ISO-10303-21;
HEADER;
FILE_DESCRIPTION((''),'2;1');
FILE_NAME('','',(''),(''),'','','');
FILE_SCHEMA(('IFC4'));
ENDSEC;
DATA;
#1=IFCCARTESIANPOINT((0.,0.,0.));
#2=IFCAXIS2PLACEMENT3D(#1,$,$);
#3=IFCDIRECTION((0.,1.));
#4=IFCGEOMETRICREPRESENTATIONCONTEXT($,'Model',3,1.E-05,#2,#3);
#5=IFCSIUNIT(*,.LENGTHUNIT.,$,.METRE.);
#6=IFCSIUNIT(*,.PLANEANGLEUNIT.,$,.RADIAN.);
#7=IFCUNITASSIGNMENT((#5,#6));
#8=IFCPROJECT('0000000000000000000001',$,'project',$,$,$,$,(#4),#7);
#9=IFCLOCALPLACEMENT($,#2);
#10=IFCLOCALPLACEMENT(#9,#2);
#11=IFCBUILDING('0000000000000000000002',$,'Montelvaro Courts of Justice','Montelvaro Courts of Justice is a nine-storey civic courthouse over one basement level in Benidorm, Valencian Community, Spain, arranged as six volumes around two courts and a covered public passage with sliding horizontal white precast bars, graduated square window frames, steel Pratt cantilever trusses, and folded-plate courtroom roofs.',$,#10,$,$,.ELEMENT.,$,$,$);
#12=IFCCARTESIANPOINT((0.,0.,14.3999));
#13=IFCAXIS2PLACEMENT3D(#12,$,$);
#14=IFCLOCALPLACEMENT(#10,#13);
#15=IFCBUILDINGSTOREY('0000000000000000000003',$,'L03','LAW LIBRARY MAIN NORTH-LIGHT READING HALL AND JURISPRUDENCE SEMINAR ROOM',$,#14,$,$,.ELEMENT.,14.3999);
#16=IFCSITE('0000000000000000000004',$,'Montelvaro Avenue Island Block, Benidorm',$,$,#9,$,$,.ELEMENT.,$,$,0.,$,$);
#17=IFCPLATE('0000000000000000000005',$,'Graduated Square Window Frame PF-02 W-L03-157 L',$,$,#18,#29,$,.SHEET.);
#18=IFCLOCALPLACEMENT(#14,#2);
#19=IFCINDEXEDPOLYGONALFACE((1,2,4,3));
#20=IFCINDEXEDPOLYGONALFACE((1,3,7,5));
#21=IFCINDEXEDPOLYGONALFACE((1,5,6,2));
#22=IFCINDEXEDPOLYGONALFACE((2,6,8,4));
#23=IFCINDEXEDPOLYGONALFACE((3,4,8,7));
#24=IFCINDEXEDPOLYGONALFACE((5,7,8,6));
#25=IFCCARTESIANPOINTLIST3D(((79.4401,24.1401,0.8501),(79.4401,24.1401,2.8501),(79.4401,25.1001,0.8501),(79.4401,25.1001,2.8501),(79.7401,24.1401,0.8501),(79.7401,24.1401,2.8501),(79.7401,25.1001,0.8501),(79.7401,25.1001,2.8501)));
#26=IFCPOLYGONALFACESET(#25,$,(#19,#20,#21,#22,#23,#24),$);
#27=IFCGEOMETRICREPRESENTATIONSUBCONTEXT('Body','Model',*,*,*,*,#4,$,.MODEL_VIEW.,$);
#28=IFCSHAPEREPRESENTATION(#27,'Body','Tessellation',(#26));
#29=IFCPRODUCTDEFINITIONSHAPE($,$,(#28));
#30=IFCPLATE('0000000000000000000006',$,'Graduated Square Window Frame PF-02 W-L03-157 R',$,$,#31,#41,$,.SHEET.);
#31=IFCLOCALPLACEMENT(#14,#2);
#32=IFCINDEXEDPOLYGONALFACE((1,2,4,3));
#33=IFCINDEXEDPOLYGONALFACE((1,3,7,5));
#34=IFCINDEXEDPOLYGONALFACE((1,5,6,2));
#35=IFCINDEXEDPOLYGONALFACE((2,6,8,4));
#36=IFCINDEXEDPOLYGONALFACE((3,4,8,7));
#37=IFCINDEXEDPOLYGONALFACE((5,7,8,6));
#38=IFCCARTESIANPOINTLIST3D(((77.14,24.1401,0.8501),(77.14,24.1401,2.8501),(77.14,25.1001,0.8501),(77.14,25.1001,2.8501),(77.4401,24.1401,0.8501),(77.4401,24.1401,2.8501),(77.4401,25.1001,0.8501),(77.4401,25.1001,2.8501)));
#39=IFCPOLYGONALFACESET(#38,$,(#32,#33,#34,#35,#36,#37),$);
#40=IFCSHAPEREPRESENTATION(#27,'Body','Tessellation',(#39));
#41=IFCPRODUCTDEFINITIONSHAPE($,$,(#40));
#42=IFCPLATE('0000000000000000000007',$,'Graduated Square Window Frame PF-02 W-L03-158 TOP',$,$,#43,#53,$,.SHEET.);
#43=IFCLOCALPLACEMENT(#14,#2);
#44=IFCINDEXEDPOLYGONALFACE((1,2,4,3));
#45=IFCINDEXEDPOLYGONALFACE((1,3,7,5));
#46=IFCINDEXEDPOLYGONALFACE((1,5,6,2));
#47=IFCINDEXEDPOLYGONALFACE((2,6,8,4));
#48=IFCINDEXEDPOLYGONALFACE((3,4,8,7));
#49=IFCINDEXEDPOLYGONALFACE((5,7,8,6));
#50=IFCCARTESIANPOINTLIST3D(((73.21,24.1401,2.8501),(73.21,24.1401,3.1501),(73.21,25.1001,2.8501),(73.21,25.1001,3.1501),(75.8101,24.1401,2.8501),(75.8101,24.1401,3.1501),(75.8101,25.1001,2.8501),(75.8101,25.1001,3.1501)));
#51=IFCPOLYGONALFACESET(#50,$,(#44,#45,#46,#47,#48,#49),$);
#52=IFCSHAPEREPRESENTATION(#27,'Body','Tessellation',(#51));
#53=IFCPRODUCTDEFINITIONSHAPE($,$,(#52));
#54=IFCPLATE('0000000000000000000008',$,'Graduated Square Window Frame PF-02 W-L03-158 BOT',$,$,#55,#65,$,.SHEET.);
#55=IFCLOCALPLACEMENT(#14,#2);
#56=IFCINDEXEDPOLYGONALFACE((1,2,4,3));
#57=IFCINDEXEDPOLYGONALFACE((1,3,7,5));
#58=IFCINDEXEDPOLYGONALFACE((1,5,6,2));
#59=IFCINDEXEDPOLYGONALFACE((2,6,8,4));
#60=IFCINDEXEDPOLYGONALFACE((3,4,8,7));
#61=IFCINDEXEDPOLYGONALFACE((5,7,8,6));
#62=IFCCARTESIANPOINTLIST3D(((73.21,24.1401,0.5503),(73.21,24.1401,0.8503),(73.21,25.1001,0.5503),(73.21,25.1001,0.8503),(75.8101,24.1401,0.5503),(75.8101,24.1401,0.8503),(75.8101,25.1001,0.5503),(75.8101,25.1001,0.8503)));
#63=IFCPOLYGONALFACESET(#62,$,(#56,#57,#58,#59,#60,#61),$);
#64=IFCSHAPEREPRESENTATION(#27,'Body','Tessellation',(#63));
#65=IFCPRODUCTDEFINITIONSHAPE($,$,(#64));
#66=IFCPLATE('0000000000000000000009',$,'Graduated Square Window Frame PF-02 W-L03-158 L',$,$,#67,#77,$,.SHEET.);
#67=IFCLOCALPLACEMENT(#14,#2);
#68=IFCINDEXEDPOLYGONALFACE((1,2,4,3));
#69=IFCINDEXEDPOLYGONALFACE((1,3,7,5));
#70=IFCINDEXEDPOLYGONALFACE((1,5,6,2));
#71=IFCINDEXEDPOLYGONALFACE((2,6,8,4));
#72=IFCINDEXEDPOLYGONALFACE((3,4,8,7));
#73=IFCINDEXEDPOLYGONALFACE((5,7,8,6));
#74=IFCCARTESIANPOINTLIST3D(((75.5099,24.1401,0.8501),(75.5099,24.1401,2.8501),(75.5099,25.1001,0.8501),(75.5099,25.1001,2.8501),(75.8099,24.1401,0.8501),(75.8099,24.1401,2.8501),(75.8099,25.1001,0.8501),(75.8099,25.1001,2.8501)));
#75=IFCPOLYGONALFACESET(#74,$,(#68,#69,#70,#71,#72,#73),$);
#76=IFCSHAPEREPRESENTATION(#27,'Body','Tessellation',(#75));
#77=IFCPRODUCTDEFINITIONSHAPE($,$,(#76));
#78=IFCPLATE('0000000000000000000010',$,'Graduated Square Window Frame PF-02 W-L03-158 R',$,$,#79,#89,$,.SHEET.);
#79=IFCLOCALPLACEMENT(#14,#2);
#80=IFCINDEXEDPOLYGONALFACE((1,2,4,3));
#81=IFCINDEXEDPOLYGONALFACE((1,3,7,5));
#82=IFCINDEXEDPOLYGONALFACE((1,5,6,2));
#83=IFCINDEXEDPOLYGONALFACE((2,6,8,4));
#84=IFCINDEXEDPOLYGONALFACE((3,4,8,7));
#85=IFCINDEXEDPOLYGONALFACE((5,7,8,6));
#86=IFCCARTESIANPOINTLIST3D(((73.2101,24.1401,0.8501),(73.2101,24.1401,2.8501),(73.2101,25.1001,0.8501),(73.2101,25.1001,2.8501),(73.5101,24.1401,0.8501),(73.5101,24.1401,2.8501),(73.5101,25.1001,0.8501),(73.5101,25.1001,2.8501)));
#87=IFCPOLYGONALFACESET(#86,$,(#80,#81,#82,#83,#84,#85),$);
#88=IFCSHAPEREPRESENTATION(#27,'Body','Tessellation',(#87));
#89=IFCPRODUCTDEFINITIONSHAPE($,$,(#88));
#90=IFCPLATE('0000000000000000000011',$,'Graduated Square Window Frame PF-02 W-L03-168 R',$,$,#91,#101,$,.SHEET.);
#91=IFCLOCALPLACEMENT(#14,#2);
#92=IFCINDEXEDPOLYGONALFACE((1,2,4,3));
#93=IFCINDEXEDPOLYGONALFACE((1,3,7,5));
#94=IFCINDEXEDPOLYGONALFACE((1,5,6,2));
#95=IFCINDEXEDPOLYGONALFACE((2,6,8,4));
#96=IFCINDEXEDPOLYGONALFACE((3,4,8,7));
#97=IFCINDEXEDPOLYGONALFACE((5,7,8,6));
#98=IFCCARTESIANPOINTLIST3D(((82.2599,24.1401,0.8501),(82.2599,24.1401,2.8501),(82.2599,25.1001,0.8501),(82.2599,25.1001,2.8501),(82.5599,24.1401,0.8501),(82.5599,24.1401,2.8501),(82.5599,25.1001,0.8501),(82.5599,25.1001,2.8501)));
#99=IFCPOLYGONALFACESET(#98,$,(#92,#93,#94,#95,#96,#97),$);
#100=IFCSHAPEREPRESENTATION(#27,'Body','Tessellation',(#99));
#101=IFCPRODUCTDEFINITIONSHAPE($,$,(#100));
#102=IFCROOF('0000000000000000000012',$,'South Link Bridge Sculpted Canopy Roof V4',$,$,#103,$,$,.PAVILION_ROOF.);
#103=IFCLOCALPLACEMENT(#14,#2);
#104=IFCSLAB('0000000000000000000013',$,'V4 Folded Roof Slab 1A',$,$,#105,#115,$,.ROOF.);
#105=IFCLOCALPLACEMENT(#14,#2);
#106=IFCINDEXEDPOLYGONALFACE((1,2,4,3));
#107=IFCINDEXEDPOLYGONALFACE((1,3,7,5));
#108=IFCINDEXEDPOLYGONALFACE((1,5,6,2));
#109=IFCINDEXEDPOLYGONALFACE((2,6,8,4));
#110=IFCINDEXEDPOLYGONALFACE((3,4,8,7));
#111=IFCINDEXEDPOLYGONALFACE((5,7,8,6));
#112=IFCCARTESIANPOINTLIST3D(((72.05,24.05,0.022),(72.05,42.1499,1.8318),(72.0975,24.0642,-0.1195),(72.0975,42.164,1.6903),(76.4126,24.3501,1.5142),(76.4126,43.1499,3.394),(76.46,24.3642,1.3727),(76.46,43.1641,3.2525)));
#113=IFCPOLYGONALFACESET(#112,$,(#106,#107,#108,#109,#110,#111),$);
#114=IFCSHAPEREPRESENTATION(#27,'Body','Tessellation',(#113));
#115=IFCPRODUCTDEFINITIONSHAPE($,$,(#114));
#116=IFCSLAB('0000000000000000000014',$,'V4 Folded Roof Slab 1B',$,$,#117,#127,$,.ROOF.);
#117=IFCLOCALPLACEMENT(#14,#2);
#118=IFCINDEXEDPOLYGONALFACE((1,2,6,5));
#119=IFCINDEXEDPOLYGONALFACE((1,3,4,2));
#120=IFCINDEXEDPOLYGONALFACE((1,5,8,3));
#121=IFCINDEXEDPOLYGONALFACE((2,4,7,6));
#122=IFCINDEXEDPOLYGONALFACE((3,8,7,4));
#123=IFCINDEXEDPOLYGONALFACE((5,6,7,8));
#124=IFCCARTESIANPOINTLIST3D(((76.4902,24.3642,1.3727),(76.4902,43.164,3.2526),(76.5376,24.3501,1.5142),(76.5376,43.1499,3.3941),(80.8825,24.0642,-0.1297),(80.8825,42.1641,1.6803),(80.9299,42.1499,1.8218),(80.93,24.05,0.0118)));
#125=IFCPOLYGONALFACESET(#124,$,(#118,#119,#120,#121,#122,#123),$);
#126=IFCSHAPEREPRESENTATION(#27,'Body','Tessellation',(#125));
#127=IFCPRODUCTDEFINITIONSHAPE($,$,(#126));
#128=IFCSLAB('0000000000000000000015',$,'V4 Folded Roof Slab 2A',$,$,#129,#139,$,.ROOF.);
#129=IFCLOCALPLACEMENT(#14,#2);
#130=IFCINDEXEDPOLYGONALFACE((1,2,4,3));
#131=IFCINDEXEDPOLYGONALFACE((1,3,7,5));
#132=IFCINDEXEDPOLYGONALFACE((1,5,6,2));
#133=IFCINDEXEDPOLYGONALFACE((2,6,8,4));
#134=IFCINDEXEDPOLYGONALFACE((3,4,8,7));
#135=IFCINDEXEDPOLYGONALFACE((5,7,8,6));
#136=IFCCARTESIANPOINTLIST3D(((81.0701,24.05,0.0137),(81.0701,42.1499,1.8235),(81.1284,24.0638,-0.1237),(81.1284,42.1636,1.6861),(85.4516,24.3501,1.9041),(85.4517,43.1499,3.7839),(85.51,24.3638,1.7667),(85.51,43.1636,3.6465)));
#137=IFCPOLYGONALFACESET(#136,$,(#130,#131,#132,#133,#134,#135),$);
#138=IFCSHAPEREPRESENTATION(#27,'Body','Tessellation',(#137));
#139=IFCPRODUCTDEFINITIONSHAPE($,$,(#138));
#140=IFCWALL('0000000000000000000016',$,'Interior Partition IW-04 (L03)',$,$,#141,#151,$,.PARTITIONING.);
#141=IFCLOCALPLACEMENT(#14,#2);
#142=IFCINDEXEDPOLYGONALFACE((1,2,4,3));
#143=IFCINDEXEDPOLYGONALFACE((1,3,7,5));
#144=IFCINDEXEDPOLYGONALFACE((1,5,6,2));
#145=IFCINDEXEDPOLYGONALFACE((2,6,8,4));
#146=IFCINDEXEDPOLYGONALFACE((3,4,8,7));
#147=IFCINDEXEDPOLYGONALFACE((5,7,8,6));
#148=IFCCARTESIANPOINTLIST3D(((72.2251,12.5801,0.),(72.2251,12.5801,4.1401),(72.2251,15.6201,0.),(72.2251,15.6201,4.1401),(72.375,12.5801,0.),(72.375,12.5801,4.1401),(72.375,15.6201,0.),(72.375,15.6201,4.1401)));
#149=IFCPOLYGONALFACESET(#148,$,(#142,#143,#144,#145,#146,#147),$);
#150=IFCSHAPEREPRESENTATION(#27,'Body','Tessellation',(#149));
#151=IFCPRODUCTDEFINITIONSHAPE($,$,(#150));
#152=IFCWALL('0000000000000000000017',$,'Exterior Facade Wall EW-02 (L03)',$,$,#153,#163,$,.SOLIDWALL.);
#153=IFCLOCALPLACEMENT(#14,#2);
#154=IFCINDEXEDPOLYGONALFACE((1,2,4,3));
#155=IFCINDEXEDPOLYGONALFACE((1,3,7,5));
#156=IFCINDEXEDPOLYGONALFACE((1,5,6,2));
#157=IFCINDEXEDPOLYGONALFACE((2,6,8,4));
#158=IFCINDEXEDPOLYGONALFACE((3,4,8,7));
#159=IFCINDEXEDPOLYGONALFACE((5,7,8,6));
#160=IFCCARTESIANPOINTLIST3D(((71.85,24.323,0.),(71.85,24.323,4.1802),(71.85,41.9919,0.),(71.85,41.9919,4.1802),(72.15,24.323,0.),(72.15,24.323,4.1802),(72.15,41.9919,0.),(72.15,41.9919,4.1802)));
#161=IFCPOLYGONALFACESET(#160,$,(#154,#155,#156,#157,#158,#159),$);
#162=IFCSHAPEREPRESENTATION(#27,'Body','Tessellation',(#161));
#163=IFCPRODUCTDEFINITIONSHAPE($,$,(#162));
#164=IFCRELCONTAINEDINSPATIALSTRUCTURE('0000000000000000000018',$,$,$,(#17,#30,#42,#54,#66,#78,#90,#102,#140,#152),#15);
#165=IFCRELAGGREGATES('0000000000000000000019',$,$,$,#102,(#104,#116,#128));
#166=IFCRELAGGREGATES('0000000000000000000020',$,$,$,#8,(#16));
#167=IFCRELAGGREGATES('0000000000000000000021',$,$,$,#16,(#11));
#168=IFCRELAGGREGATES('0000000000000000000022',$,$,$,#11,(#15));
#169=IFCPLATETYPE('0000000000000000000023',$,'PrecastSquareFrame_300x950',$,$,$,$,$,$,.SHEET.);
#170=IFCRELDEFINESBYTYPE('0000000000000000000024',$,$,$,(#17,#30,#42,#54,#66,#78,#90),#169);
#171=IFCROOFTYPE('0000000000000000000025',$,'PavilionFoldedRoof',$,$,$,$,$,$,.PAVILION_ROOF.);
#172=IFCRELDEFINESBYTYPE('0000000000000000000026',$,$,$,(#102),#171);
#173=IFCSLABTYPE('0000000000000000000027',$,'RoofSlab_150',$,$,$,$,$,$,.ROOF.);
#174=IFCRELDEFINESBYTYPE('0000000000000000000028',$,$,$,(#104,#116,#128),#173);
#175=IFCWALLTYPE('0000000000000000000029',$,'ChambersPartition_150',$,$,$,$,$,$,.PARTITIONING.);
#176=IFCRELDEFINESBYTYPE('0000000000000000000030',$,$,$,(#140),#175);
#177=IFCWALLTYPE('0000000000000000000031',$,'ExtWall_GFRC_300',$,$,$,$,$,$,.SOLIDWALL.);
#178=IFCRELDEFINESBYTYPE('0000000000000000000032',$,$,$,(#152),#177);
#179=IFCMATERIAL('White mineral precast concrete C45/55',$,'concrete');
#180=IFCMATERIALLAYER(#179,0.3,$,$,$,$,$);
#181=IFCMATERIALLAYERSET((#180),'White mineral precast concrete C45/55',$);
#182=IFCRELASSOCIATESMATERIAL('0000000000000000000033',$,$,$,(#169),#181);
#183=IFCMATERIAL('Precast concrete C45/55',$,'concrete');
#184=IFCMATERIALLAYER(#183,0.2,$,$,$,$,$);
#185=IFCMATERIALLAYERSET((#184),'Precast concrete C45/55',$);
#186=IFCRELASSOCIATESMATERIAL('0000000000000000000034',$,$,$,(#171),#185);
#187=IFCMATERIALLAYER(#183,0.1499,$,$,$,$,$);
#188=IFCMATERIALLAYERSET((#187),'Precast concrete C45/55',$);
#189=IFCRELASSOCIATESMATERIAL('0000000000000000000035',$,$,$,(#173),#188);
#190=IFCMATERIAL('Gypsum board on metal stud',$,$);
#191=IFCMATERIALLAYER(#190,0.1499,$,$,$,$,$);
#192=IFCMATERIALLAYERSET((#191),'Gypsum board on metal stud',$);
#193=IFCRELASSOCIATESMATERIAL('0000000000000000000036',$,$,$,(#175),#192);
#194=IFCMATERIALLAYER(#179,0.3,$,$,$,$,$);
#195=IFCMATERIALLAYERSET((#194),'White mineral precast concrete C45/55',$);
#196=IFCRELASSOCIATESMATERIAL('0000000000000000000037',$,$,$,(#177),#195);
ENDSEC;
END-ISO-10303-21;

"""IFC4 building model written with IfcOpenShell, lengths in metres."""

from ifc_helpers import new_model, si_unit, direction, frame, frame_2d, origin, origin_2d, place, context, subcontext, project, spatial, polyline, rectangle, outline, extrude, material, layer, layer_set, type_object, element, aggregate, save


model = new_model("IFC4")

# Units and contexts
model_context = context("Model", 3, precision=1e-05, world=origin(), true_north=direction((0.0, 1.0)))
body_context = subcontext(model_context, "Body", "Model", "MODEL_VIEW")
ifc_project = project(units=[si_unit("LENGTHUNIT", "METRE"), si_unit("PLANEANGLEUNIT", "RADIAN")], contexts=[model_context])

# Site, building, storey
site_placement = place(None, origin())
site = spatial("IfcSite", under=ifc_project, at=site_placement, Name="Montelvaro Avenue Island Block, Benidorm", CompositionType="ELEMENT", RefElevation=0.0)
building_placement = place(site_placement, origin())
building = spatial("IfcBuilding", under=site, at=building_placement, Name="Montelvaro Courts of Justice", Description="Montelvaro Courts of Justice is a nine-storey civic courthouse over one basement level in Benidorm, Valencian Community, Spain, arranged as six volumes around two courts and a covered public passage with sliding horizontal white precast bars, graduated square window frames, steel Pratt cantilever trusses, and folded-plate courtroom roofs.", CompositionType="ELEMENT")
storey_placement = place(building_placement, frame((0.0, 0.0, 14.3999)))
storey = spatial("IfcBuildingStorey", under=building, at=storey_placement, Name="L03", Description="LAW LIBRARY MAIN NORTH-LIGHT READING HALL AND JURISPRUDENCE SEMINAR ROOM", CompositionType="ELEMENT", Elevation=14.3999)

# Plates
ifc_material_1 = material(Name="White mineral precast concrete C45/55", Category="concrete")
ifc_layer_1 = layer(ifc_material_1, 0.3)
ifc_layer_set_1 = layer_set([ifc_layer_1], Name="White mineral precast concrete C45/55")
plate_type_1 = type_object("IfcPlateType", Name="PrecastSquareFrame_300x950", PredefinedType="SHEET", material=ifc_layer_set_1)
for number, where, z_axis, x_axis, name in (
    (1, (79.5901, 24.6201, 0.8501), (0.0, 0.0, 1.0), (-1.0, 0.0, 0.0), "Graduated Square Window Frame PF-02 W-L03-157 L"),
    (2, (77.29, 24.6201, 0.8501), (0.0, 0.0, 1.0), (-1.0, 0.0, 0.0), "Graduated Square Window Frame PF-02 W-L03-157 R"),
):
    element("IfcPlate", number, at=place(storey_placement, frame(where, z_axis=z_axis, x_axis=x_axis)), inside=storey, type_object=plate_type_1, Name=name, PredefinedType="SHEET", context=body_context, shape_type="SweptSolid", body=[
        extrude(rectangle(XDim=0.3, YDim=0.96, at=origin_2d()), origin(), (0.0, 0.0, 1.0), 2.0),
    ])
for number, where, z_axis, x_axis, name in (
    (3, (74.51, 24.6201, 2.8501), (0.0, 0.0, 1.0), (-1.0, 0.0, 0.0), "Graduated Square Window Frame PF-02 W-L03-158 TOP"),
    (4, (74.51, 24.6201, 0.5503), (0.0, 0.0, 1.0), (-1.0, 0.0, 0.0), "Graduated Square Window Frame PF-02 W-L03-158 BOT"),
):
    element("IfcPlate", number, at=place(storey_placement, frame(where, z_axis=z_axis, x_axis=x_axis)), inside=storey, type_object=plate_type_1, Name=name, PredefinedType="SHEET", context=body_context, shape_type="SweptSolid", body=[
        extrude(rectangle(XDim=2.6001, YDim=0.96, at=origin_2d()), origin(), (0.0, 0.0, 1.0), 0.3),
    ])
for number, where, z_axis, x_axis, name in (
    (5, (75.6599, 24.6201, 0.8501), (0.0, 0.0, 1.0), (-1.0, 0.0, 0.0), "Graduated Square Window Frame PF-02 W-L03-158 L"),
    (6, (73.3601, 24.6201, 0.8501), (0.0, 0.0, 1.0), (-1.0, 0.0, 0.0), "Graduated Square Window Frame PF-02 W-L03-158 R"),
    (7, (82.4099, 24.6201, 0.8501), (0.0, 0.0, 1.0), (-1.0, 0.0, 0.0), "Graduated Square Window Frame PF-02 W-L03-168 R"),
):
    element("IfcPlate", number, at=place(storey_placement, frame(where, z_axis=z_axis, x_axis=x_axis)), inside=storey, type_object=plate_type_1, Name=name, PredefinedType="SHEET", context=body_context, shape_type="SweptSolid", body=[
        extrude(rectangle(XDim=0.3, YDim=0.96, at=origin_2d()), origin(), (0.0, 0.0, 1.0), 2.0),
    ])

# Roof, slabs
ifc_material_2 = material(Name="Precast concrete C45/55", Category="concrete")
ifc_layer_2 = layer(ifc_material_2, 0.2)
ifc_layer_set_2 = layer_set([ifc_layer_2], Name="Precast concrete C45/55")
roof_type = type_object("IfcRoofType", Name="PavilionFoldedRoof", PredefinedType="PAVILION_ROOF", material=ifc_layer_set_2)
roof_placement = place(storey_placement, origin())
roof = element("IfcRoof", 8, at=roof_placement, inside=storey, type_object=roof_type, Name="South Link Bridge Sculpted Canopy Roof V4", PredefinedType="PAVILION_ROOF")
ifc_layer_3 = layer(ifc_material_2, 0.1499)
ifc_layer_set_3 = layer_set([ifc_layer_3], Name="Precast concrete C45/55")
slab_type = type_object("IfcSlabType", Name="RoofSlab_150", PredefinedType="ROOF", material=ifc_layer_set_3)
slab_1_placement = place(storey_placement, frame((72.05, 24.05, 0.022), z_axis=(-0.316381, -0.094386, 0.943925), x_axis=(0.944182, 0.064939, 0.322961)))
slab_1 = element("IfcSlab", 9, at=slab_1_placement, type_object=slab_type, Name="V4 Folded Roof Slab 1A", PredefinedType="ROOF", context=body_context, shape_type="SweptSolid", body=[
    extrude(outline(polyline([(0.0, 0.0), (4.6204, 0.0), (6.4484, 18.8049), (1.7599, 18.1048), (0.0, 0.0)])), origin(), (0.0, 0.0, -1.0), 0.1499),
])
slab_2_placement = place(storey_placement, frame((76.5376, 24.3501, 1.5142), z_axis=(0.316409, -0.094391, 0.943915), x_axis=(0.944212, -0.064502, -0.322959)))
slab_2 = element("IfcSlab", 10, at=slab_2_placement, type_object=slab_type, Name="V4 Folded Roof Slab 1B", PredefinedType="ROOF", context=body_context, shape_type="SweptSolid", body=[
    extrude(outline(polyline([(0.0, 0.0), (4.6519, 0.0), (2.8998, 18.1056), (-1.8198, 18.8057), (0.0, 0.0)])), origin(), (0.0, 0.0, -1.0), 0.1499),
])
slab_3_placement = place(storey_placement, frame((81.0701, 24.05, 0.0137), z_axis=(-0.389183, -0.091652, 0.91659), x_axis=(0.916377, 0.062752, 0.395367)))
slab_3 = element("IfcSlab", 11, at=slab_3_placement, type_object=slab_type, Name="V4 Folded Roof Slab 2A", PredefinedType="ROOF", context=body_context, shape_type="SweptSolid", body=[
    extrude(outline(polyline([(0.0, 0.0), (4.7814, 0.0), (6.7044, 18.7954), (1.8514, 18.0957), (0.0, 0.0)])), origin(), (0.0, 0.0, -1.0), 0.1499),
])
aggregate(roof, [slab_1, slab_2, slab_3])

# Walls
ifc_material_3 = material(Name="Gypsum board on metal stud")
ifc_layer_4 = layer(ifc_material_3, 0.1499)
ifc_layer_set_4 = layer_set([ifc_layer_4], Name="Gypsum board on metal stud")
wall_type_1 = type_object("IfcWallType", Name="ChambersPartition_150", PredefinedType="PARTITIONING", material=ifc_layer_set_4)
wall_1_placement = place(storey_placement, frame((72.3, 15.6201, 0.0), z_axis=(0.0, 0.0, 1.0), x_axis=(0.0, -1.0, 0.0)))
element("IfcWall", 12, at=wall_1_placement, inside=storey, type_object=wall_type_1, Name="Interior Partition IW-04 (L03)", PredefinedType="PARTITIONING", context=body_context, shape_type="SweptSolid", body=[
    extrude(rectangle(XDim=3.04, YDim=0.1499, at=frame_2d((1.52, 0.0))), origin(), (0.0, 0.0, 1.0), 4.1401),
])
ifc_layer_5 = layer(ifc_material_1, 0.3)
ifc_layer_set_5 = layer_set([ifc_layer_5], Name="White mineral precast concrete C45/55")
wall_type_2 = type_object("IfcWallType", Name="ExtWall_GFRC_300", PredefinedType="SOLIDWALL", material=ifc_layer_set_5)
wall_2_placement = place(storey_placement, frame((72.0, 24.323, 0.0), z_axis=(0.0, 0.0, 1.0), x_axis=(0.0, 1.0, 0.0)))
element("IfcWall", 13, at=wall_2_placement, inside=storey, type_object=wall_type_2, Name="Exterior Facade Wall EW-02 (L03)", PredefinedType="SOLIDWALL", context=body_context, shape_type="SweptSolid", body=[
    extrude(rectangle(XDim=17.6689, YDim=0.3, at=frame_2d((8.8345, 0.0))), origin(), (0.0, 0.0, 1.0), 4.1802),
])

save(model, "model.ifc")
